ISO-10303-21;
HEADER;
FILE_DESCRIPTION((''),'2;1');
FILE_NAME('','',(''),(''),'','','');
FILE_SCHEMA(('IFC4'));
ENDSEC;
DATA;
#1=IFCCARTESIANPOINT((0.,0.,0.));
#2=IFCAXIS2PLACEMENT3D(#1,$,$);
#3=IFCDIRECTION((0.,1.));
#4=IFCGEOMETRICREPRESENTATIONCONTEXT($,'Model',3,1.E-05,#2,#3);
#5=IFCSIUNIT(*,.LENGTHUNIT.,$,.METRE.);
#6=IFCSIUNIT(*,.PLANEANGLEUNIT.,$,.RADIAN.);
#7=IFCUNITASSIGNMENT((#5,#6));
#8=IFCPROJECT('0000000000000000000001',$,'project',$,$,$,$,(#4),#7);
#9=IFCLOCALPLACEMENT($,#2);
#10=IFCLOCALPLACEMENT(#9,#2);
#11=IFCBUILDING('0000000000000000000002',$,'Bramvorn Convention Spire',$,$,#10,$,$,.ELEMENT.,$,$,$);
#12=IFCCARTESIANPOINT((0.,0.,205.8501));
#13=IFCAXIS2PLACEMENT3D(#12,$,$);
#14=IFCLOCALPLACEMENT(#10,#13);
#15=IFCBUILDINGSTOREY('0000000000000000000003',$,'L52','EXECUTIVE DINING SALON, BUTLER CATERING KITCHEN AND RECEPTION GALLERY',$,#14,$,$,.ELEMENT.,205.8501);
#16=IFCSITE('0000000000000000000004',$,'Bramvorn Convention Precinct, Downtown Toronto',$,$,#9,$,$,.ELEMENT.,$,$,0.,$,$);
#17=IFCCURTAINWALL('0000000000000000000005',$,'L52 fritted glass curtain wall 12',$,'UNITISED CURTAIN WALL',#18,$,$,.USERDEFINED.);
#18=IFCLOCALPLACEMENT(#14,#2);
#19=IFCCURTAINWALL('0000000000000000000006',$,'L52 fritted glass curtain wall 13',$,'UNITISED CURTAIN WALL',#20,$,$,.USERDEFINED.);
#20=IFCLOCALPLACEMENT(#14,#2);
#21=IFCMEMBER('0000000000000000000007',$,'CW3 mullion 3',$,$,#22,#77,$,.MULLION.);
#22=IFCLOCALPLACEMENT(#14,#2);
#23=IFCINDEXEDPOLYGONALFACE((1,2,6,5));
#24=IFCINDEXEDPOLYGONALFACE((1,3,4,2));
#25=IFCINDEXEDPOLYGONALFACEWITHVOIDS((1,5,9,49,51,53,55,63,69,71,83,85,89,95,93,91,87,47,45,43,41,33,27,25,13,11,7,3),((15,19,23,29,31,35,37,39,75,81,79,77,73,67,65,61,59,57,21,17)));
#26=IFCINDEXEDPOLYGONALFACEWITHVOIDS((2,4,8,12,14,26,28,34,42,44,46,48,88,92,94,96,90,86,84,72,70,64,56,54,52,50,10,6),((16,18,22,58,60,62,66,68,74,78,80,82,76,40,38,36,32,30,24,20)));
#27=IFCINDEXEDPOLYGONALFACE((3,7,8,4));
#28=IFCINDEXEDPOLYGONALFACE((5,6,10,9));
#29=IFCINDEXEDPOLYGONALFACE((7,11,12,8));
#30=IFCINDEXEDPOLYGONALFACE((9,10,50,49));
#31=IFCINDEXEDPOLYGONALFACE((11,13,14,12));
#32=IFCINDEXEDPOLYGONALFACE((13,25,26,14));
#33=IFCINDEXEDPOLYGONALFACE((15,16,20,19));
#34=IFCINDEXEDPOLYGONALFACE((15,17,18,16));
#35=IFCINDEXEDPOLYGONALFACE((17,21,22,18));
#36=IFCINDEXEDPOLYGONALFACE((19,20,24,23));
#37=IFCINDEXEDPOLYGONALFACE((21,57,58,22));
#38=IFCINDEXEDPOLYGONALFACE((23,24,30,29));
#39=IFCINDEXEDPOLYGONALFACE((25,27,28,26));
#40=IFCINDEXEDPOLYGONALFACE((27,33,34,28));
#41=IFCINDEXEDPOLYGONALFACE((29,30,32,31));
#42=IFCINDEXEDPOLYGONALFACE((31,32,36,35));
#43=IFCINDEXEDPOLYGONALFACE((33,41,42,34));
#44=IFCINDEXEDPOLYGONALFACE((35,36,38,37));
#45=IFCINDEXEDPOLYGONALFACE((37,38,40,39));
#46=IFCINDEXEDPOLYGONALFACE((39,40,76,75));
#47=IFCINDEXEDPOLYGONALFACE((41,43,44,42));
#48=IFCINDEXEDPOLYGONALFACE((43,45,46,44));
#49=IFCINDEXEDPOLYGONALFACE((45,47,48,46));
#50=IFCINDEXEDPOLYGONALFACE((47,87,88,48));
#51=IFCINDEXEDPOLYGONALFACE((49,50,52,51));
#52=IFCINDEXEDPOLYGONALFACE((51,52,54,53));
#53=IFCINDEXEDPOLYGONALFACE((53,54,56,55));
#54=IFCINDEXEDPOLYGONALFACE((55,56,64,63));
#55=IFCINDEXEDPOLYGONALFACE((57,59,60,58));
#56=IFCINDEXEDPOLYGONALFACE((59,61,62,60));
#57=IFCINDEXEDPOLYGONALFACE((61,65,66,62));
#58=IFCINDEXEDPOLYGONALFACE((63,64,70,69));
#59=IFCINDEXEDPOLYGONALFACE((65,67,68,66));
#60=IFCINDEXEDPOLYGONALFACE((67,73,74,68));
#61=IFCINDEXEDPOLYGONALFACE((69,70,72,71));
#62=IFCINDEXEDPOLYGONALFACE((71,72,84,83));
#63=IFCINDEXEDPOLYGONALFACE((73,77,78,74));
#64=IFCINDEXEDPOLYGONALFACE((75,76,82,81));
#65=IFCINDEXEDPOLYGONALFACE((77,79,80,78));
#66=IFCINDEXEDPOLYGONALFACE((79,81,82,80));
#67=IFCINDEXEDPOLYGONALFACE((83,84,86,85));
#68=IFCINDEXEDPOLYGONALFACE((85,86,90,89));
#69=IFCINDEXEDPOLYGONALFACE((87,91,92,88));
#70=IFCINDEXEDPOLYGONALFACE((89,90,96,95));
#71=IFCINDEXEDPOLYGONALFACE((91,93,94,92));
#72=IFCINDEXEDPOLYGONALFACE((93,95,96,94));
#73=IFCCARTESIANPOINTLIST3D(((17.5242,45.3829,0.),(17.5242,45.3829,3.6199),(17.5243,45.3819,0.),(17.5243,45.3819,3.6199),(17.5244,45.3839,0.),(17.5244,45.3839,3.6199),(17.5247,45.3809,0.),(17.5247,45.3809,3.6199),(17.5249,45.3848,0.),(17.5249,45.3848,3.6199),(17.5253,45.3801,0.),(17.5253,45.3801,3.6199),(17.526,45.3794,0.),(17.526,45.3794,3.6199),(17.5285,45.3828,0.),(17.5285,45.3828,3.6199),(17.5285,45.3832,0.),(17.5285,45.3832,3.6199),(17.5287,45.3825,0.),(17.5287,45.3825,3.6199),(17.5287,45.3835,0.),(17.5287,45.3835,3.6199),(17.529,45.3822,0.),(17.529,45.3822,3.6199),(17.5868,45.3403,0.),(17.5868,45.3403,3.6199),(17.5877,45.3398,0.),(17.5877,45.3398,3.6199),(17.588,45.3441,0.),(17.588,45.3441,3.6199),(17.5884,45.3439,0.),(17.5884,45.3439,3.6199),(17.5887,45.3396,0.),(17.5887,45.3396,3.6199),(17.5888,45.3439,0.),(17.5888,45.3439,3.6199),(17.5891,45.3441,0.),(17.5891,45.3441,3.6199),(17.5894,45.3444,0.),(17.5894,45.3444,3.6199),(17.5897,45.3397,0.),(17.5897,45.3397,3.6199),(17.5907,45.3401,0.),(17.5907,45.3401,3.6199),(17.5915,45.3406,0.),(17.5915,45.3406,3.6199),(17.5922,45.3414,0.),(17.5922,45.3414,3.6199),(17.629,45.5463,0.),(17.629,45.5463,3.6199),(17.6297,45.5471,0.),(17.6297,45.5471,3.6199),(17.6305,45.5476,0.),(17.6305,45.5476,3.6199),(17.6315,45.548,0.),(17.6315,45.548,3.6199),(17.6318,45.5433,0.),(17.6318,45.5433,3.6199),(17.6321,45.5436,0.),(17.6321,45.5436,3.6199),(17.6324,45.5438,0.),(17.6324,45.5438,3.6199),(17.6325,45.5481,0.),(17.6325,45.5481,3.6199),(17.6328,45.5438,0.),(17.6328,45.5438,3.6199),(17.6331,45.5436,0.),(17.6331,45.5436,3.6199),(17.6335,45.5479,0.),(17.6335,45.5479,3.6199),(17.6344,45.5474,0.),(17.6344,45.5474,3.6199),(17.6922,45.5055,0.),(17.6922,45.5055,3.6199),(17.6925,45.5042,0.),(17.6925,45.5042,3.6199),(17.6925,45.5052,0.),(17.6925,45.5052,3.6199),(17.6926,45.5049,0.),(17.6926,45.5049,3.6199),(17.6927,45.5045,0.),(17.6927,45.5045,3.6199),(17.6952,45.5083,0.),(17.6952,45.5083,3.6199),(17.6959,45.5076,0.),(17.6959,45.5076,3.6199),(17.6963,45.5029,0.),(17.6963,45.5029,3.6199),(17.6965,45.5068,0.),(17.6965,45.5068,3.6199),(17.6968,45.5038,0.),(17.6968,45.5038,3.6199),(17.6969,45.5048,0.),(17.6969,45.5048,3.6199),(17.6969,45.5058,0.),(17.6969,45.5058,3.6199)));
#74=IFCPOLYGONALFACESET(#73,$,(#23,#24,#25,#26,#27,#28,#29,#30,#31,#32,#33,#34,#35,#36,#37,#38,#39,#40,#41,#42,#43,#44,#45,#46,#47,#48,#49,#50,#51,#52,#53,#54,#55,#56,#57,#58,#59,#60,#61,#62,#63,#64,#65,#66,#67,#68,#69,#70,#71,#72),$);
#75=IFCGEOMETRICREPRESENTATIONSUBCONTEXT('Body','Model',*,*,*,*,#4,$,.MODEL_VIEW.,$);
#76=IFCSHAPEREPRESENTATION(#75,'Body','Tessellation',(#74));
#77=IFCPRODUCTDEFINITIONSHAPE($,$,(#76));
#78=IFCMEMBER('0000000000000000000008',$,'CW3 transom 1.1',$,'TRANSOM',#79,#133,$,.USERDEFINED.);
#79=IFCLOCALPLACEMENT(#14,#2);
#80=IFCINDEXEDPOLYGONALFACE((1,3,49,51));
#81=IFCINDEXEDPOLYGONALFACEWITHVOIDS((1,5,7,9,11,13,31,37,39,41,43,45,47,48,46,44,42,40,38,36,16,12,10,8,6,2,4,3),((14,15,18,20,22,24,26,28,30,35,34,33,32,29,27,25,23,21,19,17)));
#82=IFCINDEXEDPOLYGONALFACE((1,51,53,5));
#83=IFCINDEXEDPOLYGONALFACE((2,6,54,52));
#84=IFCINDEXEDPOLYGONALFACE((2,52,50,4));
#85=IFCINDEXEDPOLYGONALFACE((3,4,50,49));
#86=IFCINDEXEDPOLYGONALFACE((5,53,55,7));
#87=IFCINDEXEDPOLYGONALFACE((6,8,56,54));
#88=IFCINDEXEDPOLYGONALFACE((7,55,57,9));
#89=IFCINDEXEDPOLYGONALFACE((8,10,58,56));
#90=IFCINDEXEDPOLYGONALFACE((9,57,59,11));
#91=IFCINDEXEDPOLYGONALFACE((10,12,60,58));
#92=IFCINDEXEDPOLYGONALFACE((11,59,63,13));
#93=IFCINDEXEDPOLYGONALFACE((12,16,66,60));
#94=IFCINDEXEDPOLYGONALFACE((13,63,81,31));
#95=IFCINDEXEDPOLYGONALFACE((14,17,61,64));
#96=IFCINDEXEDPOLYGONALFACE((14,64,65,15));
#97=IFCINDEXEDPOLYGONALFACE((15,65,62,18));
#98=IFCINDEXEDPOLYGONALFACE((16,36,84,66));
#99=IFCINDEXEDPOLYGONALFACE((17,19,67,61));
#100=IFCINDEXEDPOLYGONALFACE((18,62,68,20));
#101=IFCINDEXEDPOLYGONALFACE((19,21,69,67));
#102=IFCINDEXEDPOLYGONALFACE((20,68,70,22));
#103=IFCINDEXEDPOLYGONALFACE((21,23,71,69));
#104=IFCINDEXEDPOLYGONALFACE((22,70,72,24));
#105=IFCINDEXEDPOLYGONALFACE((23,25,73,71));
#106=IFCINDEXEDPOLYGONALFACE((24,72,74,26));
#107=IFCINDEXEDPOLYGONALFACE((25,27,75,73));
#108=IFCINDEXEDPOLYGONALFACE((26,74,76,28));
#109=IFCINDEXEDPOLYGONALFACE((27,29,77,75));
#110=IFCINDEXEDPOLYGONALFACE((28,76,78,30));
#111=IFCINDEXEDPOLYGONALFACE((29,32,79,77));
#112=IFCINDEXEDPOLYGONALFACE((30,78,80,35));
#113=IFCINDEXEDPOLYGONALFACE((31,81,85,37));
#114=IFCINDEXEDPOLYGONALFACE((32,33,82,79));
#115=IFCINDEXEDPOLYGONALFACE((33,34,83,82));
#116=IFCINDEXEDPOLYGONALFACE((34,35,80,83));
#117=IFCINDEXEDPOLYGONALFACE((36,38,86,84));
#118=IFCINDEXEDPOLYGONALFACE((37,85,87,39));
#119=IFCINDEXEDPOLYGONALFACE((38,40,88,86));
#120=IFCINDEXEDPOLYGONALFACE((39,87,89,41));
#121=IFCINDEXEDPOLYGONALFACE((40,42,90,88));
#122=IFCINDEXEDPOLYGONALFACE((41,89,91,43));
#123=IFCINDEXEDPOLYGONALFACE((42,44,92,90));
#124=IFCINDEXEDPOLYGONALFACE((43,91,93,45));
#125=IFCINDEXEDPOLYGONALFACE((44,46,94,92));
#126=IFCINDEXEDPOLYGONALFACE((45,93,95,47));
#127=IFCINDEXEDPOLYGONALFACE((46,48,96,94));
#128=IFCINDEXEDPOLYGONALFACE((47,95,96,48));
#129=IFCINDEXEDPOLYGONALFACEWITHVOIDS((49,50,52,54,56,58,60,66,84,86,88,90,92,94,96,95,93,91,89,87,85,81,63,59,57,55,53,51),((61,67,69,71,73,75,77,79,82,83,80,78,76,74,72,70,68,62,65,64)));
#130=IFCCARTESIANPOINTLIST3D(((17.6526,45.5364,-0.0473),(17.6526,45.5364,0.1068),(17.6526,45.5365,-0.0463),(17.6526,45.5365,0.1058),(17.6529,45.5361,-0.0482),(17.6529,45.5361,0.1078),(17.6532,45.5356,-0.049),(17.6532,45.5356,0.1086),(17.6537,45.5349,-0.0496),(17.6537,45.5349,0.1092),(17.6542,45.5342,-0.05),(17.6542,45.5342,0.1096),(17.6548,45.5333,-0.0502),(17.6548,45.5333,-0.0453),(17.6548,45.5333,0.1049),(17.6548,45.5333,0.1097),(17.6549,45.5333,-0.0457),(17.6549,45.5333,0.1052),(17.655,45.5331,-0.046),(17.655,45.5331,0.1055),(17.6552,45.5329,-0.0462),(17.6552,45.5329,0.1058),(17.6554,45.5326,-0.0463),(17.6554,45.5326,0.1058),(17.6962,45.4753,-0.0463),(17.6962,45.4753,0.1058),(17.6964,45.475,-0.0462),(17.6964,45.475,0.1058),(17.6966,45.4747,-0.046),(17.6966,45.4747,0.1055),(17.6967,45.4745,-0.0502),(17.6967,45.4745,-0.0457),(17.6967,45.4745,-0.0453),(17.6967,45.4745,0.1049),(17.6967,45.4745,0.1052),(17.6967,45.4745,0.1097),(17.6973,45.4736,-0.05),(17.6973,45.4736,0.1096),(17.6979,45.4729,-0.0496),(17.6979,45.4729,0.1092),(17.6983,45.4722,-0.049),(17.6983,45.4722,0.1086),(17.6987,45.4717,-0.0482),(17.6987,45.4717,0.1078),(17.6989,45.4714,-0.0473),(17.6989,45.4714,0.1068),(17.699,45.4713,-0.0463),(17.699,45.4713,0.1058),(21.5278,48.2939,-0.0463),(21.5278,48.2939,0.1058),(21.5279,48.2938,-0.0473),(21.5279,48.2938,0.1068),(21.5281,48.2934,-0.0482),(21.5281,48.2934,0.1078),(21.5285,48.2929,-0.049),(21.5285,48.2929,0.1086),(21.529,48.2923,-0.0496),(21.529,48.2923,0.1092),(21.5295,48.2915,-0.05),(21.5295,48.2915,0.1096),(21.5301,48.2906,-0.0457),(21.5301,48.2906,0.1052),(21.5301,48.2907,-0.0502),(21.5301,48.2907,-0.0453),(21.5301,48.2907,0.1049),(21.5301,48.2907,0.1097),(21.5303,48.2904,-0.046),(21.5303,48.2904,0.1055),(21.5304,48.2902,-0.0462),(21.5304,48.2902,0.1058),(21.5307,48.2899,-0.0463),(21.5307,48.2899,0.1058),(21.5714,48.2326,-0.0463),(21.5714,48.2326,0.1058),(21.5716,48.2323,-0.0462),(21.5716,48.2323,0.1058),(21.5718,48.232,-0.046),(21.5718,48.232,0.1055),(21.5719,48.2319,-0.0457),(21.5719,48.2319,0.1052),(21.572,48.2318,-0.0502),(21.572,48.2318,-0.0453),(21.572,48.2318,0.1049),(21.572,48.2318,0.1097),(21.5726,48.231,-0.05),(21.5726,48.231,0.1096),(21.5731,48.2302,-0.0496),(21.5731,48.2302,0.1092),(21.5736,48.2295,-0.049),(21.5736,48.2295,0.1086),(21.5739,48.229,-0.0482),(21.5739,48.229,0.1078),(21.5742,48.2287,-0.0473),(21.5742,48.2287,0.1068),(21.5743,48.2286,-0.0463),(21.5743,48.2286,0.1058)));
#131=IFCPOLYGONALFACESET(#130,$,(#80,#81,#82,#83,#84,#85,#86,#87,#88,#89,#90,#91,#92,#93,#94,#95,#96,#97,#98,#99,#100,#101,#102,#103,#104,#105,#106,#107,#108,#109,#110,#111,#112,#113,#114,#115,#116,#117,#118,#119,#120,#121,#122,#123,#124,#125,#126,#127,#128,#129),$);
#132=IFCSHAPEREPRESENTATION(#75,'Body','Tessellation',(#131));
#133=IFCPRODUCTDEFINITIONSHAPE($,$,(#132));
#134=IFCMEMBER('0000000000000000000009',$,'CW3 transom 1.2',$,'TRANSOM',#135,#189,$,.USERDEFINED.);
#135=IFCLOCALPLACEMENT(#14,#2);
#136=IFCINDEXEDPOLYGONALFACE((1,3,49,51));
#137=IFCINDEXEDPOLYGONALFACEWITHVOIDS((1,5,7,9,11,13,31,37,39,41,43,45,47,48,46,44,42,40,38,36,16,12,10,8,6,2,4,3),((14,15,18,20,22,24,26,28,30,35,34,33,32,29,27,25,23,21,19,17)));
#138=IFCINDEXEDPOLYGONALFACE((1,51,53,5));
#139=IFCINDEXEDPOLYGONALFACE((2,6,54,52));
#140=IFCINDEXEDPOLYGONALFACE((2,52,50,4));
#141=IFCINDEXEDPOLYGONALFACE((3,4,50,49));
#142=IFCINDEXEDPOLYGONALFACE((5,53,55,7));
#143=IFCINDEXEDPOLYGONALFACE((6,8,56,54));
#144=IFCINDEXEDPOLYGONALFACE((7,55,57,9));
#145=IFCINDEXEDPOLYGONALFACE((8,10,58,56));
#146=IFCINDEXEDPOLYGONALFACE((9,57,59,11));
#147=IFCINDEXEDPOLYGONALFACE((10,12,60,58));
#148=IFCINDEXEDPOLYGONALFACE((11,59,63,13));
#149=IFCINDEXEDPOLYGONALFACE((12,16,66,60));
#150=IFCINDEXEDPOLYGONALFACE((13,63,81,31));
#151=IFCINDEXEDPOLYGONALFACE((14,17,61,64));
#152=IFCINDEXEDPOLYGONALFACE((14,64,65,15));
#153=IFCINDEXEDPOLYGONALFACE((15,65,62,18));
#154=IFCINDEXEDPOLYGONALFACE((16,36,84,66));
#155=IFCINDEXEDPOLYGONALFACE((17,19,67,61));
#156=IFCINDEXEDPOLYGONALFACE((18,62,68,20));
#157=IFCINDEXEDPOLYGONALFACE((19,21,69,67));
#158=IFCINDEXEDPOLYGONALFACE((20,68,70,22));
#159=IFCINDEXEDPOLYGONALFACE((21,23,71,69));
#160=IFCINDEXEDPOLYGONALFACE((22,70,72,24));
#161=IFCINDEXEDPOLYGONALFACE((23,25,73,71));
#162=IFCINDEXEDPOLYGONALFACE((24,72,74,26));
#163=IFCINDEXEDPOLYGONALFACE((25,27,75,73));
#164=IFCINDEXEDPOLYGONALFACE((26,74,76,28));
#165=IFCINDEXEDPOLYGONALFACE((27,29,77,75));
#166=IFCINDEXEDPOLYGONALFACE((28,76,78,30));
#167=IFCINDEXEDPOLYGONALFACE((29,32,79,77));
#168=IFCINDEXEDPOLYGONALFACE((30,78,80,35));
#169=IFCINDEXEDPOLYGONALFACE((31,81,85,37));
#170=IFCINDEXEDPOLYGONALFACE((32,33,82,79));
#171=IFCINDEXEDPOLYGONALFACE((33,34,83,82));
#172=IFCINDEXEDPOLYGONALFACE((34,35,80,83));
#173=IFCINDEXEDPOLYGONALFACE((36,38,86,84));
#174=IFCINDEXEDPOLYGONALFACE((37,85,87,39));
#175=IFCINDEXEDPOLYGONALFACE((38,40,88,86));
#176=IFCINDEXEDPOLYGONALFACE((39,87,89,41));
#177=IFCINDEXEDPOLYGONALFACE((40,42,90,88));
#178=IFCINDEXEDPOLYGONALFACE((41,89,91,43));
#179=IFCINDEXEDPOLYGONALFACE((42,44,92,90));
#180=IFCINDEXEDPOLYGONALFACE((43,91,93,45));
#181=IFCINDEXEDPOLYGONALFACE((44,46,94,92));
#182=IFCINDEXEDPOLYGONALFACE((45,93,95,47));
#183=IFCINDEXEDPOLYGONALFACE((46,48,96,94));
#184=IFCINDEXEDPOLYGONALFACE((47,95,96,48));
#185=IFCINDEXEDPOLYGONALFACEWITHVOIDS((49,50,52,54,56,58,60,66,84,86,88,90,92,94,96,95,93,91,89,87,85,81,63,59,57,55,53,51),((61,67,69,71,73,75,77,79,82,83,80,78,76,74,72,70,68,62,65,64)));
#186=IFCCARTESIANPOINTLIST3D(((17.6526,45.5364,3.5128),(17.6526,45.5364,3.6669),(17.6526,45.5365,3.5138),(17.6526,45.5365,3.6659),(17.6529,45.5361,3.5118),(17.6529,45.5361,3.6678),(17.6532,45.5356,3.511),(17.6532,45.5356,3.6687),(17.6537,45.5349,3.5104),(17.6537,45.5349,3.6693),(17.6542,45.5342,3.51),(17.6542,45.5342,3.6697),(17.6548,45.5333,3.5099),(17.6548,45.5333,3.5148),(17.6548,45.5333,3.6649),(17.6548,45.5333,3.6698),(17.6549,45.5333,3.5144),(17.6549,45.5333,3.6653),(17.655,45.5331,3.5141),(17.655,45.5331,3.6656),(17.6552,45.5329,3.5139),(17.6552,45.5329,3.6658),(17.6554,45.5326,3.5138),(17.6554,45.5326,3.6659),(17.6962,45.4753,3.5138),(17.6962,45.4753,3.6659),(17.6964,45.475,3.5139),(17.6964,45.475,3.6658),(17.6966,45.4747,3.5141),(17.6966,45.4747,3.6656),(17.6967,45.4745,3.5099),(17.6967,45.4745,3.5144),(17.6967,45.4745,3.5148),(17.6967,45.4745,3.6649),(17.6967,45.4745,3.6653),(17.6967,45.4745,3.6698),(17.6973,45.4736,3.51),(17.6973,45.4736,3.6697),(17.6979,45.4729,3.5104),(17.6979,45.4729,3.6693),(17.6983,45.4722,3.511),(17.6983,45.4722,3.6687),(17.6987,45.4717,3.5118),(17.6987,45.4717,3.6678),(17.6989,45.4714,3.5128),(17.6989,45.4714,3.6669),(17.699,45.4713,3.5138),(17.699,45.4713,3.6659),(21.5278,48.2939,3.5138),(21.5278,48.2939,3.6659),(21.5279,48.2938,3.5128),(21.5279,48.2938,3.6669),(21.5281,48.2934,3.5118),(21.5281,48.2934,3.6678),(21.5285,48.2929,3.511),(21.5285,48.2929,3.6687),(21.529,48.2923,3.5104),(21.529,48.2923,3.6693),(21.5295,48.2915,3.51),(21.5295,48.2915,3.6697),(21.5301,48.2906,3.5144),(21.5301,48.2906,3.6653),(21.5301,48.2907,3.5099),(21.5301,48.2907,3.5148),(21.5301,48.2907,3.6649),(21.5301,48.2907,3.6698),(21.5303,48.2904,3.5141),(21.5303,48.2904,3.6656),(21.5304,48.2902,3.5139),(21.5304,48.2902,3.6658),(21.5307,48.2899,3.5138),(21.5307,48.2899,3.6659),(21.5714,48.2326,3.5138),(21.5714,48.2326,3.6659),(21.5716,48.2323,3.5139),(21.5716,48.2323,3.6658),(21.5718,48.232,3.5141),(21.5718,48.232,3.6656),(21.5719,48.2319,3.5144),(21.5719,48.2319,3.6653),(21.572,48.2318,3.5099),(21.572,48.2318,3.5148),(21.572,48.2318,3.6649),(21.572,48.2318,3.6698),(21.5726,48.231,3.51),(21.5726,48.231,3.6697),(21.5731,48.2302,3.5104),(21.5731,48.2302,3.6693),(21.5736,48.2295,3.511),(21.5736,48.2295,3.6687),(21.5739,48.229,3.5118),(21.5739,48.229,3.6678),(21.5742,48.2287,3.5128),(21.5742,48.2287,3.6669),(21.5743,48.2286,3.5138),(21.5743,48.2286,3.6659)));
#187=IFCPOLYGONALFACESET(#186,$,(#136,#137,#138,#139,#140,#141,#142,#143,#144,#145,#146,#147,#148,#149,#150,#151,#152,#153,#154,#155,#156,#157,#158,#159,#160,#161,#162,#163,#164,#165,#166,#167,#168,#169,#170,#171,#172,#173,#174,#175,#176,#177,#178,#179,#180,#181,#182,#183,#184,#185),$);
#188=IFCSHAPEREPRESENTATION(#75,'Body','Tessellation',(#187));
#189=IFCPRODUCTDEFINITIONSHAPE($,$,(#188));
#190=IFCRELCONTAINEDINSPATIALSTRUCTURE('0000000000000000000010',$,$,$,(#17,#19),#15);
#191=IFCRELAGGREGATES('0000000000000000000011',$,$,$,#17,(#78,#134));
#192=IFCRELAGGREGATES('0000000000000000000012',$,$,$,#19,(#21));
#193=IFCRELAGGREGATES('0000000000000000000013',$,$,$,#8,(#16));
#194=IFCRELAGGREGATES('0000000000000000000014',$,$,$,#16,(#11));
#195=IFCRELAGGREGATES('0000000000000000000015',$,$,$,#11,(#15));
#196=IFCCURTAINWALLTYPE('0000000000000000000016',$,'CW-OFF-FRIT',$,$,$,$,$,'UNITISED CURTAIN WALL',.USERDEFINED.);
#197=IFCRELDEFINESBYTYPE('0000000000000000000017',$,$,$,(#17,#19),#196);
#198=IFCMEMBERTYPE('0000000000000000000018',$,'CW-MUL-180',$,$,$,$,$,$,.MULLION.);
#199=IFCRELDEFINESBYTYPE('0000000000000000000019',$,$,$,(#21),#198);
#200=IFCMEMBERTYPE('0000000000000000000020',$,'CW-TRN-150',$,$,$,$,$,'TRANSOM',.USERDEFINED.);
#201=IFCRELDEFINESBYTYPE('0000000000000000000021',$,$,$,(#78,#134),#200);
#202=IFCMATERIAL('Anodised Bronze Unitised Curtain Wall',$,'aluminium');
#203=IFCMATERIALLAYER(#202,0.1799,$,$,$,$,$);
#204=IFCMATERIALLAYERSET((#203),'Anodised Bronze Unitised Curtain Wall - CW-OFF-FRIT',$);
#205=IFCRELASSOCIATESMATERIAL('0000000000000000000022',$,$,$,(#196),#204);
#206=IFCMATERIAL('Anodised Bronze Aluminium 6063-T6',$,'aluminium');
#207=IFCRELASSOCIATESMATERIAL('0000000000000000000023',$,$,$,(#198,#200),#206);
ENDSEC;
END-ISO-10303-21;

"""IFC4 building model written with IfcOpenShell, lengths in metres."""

from ifc_helpers import new_model, si_unit, direction, frame, origin, origin_2d, place, context, subcontext, project, spatial, hollow_rectangle, extrude, material, layer, layer_set, material_profile, profile_set, type_object, element, aggregate, save


model = new_model("IFC4")

# Units and contexts
model_context = context("Model", 3, precision=1e-05, world=origin(), true_north=direction((0.0, 1.0)))
body_context = subcontext(model_context, "Body", "Model", "MODEL_VIEW")
ifc_project = project(units=[si_unit("LENGTHUNIT", "METRE"), si_unit("PLANEANGLEUNIT", "RADIAN")], contexts=[model_context])

# Site, building, storey
site_placement = place(None, origin())
site = spatial("IfcSite", under=ifc_project, at=site_placement, Name="Bramvorn Convention Precinct, Downtown Toronto", CompositionType="ELEMENT", RefElevation=0.0)
building_placement = place(site_placement, origin())
building = spatial("IfcBuilding", under=site, at=building_placement, Name="Bramvorn Convention Spire", CompositionType="ELEMENT")
storey_placement = place(building_placement, frame((0.0, 0.0, 205.8501)))
storey = spatial("IfcBuildingStorey", under=building, at=storey_placement, Name="L52", Description="EXECUTIVE DINING SALON, BUTLER CATERING KITCHEN AND RECEPTION GALLERY", CompositionType="ELEMENT", Elevation=205.8501)

# Curtain walls, member
ifc_material_1 = material(Name="Anodised Bronze Unitised Curtain Wall", Category="aluminium")
ifc_layer_1 = layer(ifc_material_1, 0.1799)
ifc_layer_set_1 = layer_set([ifc_layer_1], Name="Anodised Bronze Unitised Curtain Wall - CW-OFF-FRIT")
curtain_wall_type = type_object("IfcCurtainWallType", Name="CW-OFF-FRIT", ElementType="UNITISED CURTAIN WALL", PredefinedType="USERDEFINED", material=ifc_layer_set_1)
curtain_wall_1_placement = place(storey_placement, origin())
curtain_wall_1 = element("IfcCurtainWall", 1, at=curtain_wall_1_placement, inside=storey, type_object=curtain_wall_type, Name="L52 fritted glass curtain wall 12", ObjectType="UNITISED CURTAIN WALL", PredefinedType="USERDEFINED")
ifc_material_2 = material(Name="Anodised Bronze Aluminium 6063-T6", Category="aluminium")
ifc_material_profile_1 = material_profile(ifc_material_2, hollow_rectangle(XDim=0.0801, YDim=0.2, WallThickness=0.0039, InnerFilletRadius=0.001, OuterFilletRadius=0.0039, at=origin_2d()))
ifc_profile_set_1 = profile_set([ifc_material_profile_1], Name="Anodised Bronze Aluminium 6063-T6 - CWM80X200")
member_type_1 = type_object("IfcMemberType", Name="CW-MUL-180", PredefinedType="MULLION", material=ifc_profile_set_1)
curtain_wall_2_placement = place(storey_placement, origin())
curtain_wall_2 = element("IfcCurtainWall", 2, at=curtain_wall_2_placement, inside=storey, type_object=curtain_wall_type, Name="L52 fritted glass curtain wall 13", ObjectType="UNITISED CURTAIN WALL", PredefinedType="USERDEFINED")
member_1_placement = place(storey_placement, frame((17.6106, 45.4438, 0.0), z_axis=(0.0, 0.0, 1.0), x_axis=(-0.840258, 0.542187, 0.0)))
member_1 = element("IfcMember", 3, at=member_1_placement, type_object=member_type_1, Name="CW3 mullion 3", PredefinedType="MULLION", context=body_context, shape_type="SweptSolid", body=[
    extrude(hollow_rectangle(XDim=0.0801, YDim=0.2, WallThickness=0.0039, InnerFilletRadius=0.001, OuterFilletRadius=0.0039, at=origin_2d()), origin(), (0.0, 0.0, 1.0), 3.6199),
])

# Members
ifc_material_profile_2 = material_profile(ifc_material_2, hollow_rectangle(XDim=0.0801, YDim=0.1599, WallThickness=0.0039, InnerFilletRadius=0.001, OuterFilletRadius=0.0039, at=origin_2d()))
ifc_profile_set_2 = profile_set([ifc_material_profile_2], Name="Anodised Bronze Aluminium 6063-T6 - CWT80X160")
member_type_2 = type_object("IfcMemberType", Name="CW-TRN-150", ElementType="TRANSOM", PredefinedType="USERDEFINED", material=ifc_profile_set_2)
member_2_placement = place(storey_placement, frame((17.6758, 45.5039, 0.0298), z_axis=(0.814797, 0.579747, 0.0), x_axis=(-0.579747, 0.814797, 0.0)))
member_2 = element("IfcMember", 4, at=member_2_placement, type_object=member_type_2, Name="CW3 transom 1.1", ObjectType="TRANSOM", PredefinedType="USERDEFINED", context=body_context, shape_type="SweptSolid", body=[
    extrude(hollow_rectangle(XDim=0.0801, YDim=0.1599, WallThickness=0.0039, InnerFilletRadius=0.001, OuterFilletRadius=0.0039, at=origin_2d()), origin(), (0.0, 0.0, 1.0), 4.7561),
])
member_3_placement = place(storey_placement, frame((17.6758, 45.5039, 3.5898), z_axis=(0.814797, 0.579747, 0.0), x_axis=(-0.579747, 0.814797, 0.0)))
member_3 = element("IfcMember", 5, at=member_3_placement, type_object=member_type_2, Name="CW3 transom 1.2", ObjectType="TRANSOM", PredefinedType="USERDEFINED", context=body_context, shape_type="SweptSolid", body=[
    extrude(hollow_rectangle(XDim=0.0801, YDim=0.1599, WallThickness=0.0039, InnerFilletRadius=0.001, OuterFilletRadius=0.0039, at=origin_2d()), origin(), (0.0, 0.0, 1.0), 4.7561),
])

aggregate(curtain_wall_1, [member_2, member_3])
aggregate(curtain_wall_2, [member_1])

save(model, "model.ifc")
